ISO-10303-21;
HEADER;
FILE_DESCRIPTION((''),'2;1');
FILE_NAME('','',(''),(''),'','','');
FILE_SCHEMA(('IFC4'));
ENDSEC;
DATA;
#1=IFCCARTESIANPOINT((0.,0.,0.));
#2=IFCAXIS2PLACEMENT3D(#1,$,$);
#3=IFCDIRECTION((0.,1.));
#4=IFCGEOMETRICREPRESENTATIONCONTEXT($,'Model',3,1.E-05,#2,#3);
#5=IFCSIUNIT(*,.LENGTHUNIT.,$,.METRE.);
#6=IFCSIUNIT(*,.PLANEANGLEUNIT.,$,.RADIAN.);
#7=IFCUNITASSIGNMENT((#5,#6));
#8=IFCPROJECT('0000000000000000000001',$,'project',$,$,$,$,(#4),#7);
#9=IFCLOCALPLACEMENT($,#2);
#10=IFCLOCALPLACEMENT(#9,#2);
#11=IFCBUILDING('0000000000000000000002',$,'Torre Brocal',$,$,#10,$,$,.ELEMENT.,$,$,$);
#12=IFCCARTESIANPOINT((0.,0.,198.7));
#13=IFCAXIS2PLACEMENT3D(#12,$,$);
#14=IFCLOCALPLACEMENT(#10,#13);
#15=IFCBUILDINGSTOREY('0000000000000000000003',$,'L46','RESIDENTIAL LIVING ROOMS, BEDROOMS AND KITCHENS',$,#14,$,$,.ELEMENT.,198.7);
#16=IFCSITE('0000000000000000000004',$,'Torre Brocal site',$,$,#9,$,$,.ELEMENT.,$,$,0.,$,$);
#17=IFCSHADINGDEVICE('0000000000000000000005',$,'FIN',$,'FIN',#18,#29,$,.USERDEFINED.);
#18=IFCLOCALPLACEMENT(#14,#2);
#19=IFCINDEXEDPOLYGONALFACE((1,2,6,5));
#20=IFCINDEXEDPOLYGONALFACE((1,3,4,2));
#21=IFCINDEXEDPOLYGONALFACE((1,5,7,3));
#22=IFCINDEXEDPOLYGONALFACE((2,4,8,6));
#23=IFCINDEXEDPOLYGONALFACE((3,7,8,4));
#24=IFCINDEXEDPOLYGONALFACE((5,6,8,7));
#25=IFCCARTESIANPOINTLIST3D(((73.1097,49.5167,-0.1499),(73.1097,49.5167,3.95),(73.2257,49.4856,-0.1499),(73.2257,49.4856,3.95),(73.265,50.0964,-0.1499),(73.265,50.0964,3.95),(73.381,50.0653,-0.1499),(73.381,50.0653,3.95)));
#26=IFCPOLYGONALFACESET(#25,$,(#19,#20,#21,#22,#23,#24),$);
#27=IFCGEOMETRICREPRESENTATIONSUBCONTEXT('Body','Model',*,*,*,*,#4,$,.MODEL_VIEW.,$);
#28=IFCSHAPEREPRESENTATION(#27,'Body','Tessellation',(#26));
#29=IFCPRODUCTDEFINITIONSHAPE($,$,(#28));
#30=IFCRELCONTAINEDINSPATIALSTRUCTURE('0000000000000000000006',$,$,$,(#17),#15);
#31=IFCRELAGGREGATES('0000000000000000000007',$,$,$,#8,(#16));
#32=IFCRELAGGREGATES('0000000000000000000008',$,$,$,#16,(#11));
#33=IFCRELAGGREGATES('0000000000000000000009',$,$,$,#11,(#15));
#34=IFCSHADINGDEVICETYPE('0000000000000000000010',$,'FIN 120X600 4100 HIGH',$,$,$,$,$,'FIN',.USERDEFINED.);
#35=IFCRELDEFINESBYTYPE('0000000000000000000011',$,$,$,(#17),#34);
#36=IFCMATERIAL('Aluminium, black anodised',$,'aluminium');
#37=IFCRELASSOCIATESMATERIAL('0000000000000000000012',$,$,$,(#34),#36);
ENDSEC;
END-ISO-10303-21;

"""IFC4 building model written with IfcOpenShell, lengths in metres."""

from ifc_helpers import new_model, si_unit, direction, frame, origin, origin_2d, place, context, subcontext, project, spatial, rectangle, extrude, material, material_profile, profile_set, type_object, element, save


model = new_model("IFC4")

# Units and contexts
model_context = context("Model", 3, precision=1e-05, world=origin(), true_north=direction((0.0, 1.0)))
body_context = subcontext(model_context, "Body", "Model", "MODEL_VIEW")
ifc_project = project(units=[si_unit("LENGTHUNIT", "METRE"), si_unit("PLANEANGLEUNIT", "RADIAN")], contexts=[model_context])

# Site, building, storey
site_placement = place(None, origin())
site = spatial("IfcSite", under=ifc_project, at=site_placement, Name="Torre Brocal site", CompositionType="ELEMENT", RefElevation=0.0)
building_placement = place(site_placement, origin())
building = spatial("IfcBuilding", under=site, at=building_placement, Name="Torre Brocal", CompositionType="ELEMENT")
storey_placement = place(building_placement, frame((0.0, 0.0, 198.7)))
storey = spatial("IfcBuildingStorey", under=building, at=storey_placement, Name="L46", Description="RESIDENTIAL LIVING ROOMS, BEDROOMS AND KITCHENS", CompositionType="ELEMENT", Elevation=198.7)

# Shading device
ifc_material_1 = material(Name="Aluminium, black anodised", Category="aluminium")
ifc_material_profile_1 = material_profile(ifc_material_1, rectangle(XDim=0.1201, YDim=0.6001, at=origin_2d()), Name="FIN 120X600 4100 HIGH")
ifc_profile_set_1 = profile_set([ifc_material_profile_1], Name="Aluminium, black anodised")
shading_device_type = type_object("IfcShadingDeviceType", Name="FIN 120X600 4100 HIGH", ElementType="FIN", PredefinedType="USERDEFINED", material=ifc_profile_set_1)
for number, where, z_axis, x_axis, name in (
    (1, (73.2454, 49.791, -0.1499), (0.0, 0.0, 1.0), (0.965926, -0.258819, 0.0), "FIN"),
):
    element("IfcShadingDevice", number, at=place(storey_placement, frame(where, z_axis=z_axis, x_axis=x_axis)), inside=storey, type_object=shading_device_type, Name=name, ObjectType="FIN", PredefinedType="USERDEFINED", context=body_context, shape_type="SweptSolid", body=[
        extrude(rectangle(XDim=0.1201, YDim=0.6001, at=origin_2d()), origin(), (0.0, 0.0, 1.0), 4.0999),
    ])

save(model, "model.ifc")
